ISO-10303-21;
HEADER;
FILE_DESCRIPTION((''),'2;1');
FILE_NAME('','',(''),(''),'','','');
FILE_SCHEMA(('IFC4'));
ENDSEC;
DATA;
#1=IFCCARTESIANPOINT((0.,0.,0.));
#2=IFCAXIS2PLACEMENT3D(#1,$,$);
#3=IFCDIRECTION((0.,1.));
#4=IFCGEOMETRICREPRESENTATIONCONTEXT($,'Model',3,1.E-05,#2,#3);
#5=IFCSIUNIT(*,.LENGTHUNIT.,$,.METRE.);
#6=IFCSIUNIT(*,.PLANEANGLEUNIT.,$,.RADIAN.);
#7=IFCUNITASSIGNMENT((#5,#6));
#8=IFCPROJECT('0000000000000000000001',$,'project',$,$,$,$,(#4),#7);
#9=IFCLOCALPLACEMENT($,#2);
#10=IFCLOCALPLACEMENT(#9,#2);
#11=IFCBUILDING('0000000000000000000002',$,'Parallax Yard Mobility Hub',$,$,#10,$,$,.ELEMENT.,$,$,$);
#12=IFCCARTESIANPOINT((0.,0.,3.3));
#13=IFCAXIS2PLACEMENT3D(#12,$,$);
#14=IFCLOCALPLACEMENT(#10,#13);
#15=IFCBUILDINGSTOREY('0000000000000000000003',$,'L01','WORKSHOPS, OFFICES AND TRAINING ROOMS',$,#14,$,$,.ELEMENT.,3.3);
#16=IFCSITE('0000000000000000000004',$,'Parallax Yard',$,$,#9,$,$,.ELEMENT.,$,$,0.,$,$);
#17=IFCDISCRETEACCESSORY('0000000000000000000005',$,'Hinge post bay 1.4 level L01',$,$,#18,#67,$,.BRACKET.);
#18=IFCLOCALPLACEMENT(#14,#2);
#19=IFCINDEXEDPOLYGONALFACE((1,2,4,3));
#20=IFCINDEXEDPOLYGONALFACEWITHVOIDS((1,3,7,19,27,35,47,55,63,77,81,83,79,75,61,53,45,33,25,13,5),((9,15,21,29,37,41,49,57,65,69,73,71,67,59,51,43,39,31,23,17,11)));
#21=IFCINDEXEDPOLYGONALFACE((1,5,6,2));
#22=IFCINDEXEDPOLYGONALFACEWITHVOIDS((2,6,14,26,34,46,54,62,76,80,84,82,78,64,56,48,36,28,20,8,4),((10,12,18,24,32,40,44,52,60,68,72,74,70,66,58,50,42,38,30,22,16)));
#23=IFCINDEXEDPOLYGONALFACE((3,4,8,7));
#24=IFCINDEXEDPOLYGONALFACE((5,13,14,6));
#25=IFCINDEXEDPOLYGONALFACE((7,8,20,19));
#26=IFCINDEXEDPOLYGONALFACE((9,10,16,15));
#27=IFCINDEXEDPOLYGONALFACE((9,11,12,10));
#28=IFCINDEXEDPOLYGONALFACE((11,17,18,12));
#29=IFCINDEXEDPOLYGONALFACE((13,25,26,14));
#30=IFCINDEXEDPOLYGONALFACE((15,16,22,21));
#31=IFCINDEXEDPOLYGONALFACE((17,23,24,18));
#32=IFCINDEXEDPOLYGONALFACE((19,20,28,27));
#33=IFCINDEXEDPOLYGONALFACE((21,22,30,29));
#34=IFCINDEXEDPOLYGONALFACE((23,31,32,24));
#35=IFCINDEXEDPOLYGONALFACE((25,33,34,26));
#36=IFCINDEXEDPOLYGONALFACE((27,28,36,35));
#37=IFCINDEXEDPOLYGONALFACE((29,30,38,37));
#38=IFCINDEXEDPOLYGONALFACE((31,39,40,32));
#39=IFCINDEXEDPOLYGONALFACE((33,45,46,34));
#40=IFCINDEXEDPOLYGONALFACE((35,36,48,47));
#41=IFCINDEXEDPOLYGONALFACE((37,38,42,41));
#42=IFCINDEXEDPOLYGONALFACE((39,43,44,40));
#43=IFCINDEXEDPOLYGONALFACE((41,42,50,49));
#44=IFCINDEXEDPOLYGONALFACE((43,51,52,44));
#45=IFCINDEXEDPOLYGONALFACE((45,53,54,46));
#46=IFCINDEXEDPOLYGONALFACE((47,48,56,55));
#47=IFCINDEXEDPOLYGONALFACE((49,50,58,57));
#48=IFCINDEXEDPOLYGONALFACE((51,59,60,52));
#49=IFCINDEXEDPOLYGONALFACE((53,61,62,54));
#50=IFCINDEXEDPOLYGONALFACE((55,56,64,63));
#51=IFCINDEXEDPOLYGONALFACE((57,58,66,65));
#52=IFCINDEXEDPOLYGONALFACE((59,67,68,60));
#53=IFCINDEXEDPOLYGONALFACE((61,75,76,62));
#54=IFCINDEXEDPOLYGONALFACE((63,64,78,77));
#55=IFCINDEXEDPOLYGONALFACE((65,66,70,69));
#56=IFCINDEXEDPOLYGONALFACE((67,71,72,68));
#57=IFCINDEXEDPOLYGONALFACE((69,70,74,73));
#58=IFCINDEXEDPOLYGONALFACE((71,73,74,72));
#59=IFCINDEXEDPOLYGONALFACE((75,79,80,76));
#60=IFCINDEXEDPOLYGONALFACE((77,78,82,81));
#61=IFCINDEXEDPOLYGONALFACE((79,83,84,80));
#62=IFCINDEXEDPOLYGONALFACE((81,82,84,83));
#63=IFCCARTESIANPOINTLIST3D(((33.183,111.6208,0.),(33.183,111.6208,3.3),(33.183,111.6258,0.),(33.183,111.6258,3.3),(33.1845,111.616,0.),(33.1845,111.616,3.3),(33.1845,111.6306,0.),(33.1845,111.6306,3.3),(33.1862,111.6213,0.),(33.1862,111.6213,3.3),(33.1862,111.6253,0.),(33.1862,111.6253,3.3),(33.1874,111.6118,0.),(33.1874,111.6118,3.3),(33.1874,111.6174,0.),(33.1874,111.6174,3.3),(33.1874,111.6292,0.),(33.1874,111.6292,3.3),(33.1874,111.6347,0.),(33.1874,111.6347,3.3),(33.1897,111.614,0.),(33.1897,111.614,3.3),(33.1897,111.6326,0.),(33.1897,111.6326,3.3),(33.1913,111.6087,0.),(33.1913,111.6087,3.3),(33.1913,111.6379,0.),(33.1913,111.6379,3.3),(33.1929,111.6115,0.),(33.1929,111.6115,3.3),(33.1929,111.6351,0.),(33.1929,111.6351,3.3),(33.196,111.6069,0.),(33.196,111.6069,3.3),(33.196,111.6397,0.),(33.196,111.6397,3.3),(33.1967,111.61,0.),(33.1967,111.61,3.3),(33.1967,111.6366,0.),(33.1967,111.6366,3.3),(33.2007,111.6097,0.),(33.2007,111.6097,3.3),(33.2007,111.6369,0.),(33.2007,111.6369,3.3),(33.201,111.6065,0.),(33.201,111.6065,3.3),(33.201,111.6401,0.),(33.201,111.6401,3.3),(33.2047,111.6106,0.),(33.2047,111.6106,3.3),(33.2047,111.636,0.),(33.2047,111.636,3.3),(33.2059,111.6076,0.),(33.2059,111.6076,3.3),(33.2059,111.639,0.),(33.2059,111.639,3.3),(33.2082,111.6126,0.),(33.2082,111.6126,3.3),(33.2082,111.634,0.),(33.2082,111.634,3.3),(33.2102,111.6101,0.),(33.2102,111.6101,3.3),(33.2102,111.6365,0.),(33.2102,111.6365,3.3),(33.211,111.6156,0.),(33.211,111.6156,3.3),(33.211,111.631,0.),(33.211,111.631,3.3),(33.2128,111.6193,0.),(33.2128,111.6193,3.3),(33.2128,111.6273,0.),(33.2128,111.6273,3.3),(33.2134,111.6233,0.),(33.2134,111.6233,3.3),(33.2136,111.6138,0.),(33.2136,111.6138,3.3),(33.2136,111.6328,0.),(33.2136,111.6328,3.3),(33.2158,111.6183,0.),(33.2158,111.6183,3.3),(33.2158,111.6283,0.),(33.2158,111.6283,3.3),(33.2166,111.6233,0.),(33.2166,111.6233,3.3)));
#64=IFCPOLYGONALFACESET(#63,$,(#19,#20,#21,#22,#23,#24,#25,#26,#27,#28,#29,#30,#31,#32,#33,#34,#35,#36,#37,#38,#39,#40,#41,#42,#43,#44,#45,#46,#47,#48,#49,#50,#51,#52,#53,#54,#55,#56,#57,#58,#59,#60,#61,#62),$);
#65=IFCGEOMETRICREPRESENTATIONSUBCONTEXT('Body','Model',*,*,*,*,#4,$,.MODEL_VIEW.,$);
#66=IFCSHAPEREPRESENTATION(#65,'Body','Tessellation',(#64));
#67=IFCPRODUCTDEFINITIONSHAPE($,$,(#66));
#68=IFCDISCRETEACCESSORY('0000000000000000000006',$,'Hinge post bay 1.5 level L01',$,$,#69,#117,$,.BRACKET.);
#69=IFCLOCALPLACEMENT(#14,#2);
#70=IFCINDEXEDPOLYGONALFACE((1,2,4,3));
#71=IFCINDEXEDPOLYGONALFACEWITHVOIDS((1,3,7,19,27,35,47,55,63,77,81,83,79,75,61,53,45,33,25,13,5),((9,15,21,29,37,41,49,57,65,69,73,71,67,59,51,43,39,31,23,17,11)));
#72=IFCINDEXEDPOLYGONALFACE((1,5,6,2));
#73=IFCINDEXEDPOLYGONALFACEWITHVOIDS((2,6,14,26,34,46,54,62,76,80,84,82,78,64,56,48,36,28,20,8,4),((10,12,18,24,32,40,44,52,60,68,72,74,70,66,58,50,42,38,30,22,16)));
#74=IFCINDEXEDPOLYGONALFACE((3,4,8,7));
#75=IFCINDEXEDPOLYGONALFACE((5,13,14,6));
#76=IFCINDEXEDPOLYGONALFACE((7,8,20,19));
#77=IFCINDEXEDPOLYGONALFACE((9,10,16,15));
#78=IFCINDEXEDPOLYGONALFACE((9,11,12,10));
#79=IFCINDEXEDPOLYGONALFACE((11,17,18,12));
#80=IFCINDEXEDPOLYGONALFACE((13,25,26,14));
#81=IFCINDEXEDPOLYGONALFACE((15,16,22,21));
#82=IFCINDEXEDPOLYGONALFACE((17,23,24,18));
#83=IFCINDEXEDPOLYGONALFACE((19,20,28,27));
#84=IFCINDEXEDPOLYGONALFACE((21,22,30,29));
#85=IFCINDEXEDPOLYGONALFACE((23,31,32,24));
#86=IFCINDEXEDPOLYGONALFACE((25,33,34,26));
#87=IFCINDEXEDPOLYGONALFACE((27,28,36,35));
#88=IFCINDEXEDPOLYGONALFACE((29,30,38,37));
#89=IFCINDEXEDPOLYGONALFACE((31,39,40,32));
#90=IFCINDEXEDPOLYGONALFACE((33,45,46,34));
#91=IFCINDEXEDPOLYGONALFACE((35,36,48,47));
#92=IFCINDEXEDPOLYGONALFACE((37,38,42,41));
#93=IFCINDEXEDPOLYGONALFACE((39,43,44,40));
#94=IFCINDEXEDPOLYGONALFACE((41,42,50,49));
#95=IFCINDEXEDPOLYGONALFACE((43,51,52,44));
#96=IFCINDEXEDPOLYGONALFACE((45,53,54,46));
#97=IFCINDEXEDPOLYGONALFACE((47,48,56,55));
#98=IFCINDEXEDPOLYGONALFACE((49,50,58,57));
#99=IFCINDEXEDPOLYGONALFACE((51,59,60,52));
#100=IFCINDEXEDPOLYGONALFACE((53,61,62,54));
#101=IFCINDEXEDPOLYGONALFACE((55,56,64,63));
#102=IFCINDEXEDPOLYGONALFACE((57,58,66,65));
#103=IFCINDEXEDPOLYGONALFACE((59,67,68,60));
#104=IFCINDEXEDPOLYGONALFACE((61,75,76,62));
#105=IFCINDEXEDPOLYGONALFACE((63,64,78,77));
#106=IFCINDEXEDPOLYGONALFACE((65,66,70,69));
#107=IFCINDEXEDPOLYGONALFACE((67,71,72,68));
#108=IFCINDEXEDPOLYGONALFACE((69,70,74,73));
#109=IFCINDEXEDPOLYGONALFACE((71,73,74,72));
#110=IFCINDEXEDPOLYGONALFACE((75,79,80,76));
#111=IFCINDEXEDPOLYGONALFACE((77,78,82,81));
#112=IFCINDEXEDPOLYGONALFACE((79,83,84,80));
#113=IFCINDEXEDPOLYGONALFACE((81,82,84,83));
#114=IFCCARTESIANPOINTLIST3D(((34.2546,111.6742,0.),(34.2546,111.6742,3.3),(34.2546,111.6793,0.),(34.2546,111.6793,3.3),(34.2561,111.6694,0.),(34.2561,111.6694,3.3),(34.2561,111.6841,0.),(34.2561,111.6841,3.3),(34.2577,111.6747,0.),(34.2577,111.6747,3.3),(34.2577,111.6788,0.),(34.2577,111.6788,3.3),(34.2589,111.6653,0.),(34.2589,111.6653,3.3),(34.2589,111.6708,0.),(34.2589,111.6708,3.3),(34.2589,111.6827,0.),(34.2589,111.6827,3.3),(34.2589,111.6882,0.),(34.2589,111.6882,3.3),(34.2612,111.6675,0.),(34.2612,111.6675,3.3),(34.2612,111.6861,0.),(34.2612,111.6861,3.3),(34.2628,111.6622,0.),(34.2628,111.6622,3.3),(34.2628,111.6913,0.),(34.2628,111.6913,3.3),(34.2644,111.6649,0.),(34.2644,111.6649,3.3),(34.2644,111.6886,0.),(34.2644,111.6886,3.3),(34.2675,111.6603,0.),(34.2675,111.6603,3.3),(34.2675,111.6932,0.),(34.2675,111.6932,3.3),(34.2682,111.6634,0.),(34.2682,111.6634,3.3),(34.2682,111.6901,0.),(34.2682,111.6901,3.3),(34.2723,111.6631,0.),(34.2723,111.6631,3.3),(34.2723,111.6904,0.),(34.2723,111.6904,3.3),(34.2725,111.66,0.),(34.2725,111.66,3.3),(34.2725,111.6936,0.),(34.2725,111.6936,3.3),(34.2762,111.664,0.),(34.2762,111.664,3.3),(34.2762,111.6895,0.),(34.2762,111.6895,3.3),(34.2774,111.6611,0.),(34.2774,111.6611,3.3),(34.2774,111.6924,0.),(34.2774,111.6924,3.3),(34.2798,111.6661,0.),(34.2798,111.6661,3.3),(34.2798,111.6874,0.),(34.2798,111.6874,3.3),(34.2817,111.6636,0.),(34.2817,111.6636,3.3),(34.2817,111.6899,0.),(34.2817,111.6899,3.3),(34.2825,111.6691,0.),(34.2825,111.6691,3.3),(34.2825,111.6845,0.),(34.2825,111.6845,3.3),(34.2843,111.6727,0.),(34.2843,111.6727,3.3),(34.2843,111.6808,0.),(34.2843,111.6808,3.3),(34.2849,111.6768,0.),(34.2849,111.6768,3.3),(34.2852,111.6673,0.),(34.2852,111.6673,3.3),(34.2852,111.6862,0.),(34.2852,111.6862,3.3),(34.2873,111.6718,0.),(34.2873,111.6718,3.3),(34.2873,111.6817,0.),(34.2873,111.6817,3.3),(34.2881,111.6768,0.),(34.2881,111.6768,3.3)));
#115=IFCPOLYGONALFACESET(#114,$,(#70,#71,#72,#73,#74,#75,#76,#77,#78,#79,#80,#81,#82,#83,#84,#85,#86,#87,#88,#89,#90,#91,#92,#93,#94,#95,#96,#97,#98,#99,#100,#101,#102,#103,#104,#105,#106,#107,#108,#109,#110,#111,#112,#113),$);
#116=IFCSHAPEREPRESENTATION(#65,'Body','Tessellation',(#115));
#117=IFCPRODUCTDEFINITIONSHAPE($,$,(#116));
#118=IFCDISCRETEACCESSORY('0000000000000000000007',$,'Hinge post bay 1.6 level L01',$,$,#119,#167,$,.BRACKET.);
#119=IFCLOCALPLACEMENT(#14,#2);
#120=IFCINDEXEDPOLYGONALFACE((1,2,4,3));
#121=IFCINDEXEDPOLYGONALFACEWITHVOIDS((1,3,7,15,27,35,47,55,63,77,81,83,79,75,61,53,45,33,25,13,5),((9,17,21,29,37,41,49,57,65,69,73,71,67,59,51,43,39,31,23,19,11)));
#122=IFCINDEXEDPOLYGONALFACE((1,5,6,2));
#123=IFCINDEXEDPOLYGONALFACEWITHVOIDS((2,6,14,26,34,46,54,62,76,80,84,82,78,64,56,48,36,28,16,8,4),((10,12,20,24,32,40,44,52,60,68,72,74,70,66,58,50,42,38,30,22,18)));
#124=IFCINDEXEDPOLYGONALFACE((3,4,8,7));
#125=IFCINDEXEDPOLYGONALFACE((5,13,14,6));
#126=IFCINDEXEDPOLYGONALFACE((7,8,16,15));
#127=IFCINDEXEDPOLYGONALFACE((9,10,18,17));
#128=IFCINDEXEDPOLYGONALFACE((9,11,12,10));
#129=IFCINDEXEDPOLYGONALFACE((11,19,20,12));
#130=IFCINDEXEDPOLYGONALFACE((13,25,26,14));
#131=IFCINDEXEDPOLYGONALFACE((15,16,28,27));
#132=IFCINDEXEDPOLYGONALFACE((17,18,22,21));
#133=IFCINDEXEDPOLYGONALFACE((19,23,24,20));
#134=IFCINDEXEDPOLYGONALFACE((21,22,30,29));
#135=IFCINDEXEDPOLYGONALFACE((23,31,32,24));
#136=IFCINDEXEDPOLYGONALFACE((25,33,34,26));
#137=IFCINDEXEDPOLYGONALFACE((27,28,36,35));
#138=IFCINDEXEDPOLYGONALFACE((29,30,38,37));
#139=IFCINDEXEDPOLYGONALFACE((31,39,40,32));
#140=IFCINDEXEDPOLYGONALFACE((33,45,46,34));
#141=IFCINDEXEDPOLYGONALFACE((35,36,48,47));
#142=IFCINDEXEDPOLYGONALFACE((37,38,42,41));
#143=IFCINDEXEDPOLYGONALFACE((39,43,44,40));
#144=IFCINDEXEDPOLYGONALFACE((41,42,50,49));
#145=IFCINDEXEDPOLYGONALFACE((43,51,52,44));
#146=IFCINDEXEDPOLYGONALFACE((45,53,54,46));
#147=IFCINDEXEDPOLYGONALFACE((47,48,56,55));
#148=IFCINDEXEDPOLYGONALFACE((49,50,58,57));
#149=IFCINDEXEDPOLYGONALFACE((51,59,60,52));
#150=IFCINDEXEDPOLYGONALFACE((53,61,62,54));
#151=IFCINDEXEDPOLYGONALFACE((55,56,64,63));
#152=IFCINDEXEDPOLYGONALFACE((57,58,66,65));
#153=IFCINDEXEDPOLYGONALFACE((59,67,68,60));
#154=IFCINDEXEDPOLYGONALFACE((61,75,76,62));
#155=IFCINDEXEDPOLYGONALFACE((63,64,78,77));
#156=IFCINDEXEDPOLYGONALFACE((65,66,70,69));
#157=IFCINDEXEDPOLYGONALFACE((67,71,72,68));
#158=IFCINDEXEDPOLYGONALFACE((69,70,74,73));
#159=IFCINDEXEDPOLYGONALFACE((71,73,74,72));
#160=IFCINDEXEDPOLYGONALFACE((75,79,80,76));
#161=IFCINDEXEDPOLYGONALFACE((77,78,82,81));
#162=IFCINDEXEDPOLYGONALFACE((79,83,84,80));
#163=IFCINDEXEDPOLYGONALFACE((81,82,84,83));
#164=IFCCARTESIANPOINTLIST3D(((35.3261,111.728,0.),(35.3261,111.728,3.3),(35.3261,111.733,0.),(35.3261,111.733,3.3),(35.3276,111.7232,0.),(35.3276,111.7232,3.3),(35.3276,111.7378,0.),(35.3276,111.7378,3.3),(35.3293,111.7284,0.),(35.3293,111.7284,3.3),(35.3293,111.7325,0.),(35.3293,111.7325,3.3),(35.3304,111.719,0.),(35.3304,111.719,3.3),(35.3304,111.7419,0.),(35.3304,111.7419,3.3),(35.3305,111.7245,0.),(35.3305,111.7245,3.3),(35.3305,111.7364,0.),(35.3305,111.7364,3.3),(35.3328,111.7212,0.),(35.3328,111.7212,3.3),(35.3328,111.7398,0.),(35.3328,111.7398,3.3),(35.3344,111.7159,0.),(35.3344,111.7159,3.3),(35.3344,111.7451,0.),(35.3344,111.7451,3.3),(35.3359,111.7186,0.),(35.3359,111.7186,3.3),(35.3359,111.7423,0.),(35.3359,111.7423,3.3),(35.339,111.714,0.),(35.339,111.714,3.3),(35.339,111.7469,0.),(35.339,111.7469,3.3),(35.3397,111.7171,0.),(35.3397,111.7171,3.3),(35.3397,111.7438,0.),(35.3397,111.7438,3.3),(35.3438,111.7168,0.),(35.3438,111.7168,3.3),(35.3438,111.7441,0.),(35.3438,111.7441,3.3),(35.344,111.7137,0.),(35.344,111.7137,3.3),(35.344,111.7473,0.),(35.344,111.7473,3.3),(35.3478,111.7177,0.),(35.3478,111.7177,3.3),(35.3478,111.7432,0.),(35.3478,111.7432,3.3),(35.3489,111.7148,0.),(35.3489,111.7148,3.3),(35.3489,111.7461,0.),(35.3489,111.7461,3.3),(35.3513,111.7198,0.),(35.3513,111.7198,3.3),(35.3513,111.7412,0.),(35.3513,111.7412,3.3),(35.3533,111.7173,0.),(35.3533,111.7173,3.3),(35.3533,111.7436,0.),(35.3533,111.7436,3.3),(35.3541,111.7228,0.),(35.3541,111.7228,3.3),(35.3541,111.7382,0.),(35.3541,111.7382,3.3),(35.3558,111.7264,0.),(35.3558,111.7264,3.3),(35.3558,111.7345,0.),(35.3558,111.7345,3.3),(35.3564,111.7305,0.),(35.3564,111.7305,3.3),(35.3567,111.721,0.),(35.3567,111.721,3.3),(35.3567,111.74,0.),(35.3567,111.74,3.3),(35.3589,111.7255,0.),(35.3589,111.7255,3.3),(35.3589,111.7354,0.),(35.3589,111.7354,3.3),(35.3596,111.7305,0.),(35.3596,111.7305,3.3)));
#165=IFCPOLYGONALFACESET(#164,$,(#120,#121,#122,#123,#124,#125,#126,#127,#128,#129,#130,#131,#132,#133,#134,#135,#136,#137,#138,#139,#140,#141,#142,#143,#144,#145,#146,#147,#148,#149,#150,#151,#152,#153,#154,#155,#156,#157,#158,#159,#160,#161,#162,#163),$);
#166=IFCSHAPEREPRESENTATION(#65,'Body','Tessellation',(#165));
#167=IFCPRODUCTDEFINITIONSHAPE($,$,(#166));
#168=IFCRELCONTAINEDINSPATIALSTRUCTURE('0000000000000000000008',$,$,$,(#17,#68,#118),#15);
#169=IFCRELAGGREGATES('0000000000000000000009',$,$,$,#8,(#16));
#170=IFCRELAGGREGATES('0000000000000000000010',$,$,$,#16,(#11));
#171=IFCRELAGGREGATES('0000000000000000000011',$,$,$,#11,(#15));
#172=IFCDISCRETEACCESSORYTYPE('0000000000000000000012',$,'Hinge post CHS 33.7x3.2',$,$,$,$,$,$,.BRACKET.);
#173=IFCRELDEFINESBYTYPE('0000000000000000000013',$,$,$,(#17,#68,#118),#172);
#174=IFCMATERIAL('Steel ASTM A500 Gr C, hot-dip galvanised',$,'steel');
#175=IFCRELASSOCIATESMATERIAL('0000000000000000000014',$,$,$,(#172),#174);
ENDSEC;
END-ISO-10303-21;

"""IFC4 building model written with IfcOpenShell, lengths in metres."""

from ifc_helpers import new_model, si_unit, direction, frame, origin, origin_2d, place, context, subcontext, project, spatial, hollow_circle, extrude, material, material_profile, profile_set, type_object, element, save


model = new_model("IFC4")

# Units and contexts
model_context = context("Model", 3, precision=1e-05, world=origin(), true_north=direction((0.0, 1.0)))
body_context = subcontext(model_context, "Body", "Model", "MODEL_VIEW")
ifc_project = project(units=[si_unit("LENGTHUNIT", "METRE"), si_unit("PLANEANGLEUNIT", "RADIAN")], contexts=[model_context])

# Site, building, storey
site_placement = place(None, origin())
site = spatial("IfcSite", under=ifc_project, at=site_placement, Name="Parallax Yard", CompositionType="ELEMENT", RefElevation=0.0)
building_placement = place(site_placement, origin())
building = spatial("IfcBuilding", under=site, at=building_placement, Name="Parallax Yard Mobility Hub", CompositionType="ELEMENT")
storey_placement = place(building_placement, frame((0.0, 0.0, 3.3)))
storey = spatial("IfcBuildingStorey", under=building, at=storey_placement, Name="L01", Description="WORKSHOPS, OFFICES AND TRAINING ROOMS", CompositionType="ELEMENT", Elevation=3.3)

# Discrete accessories
ifc_material_1 = material(Name="Steel ASTM A500 Gr C, hot-dip galvanised", Category="steel")
ifc_material_profile = material_profile(ifc_material_1, hollow_circle(Radius=0.0168, WallThickness=0.0032, at=origin_2d()), Name="CHS 33.7x3.2")
ifc_profile_set = profile_set([ifc_material_profile], Name="Steel ASTM A500 Gr C, hot-dip galvanised")
discrete_accessory_type = type_object("IfcDiscreteAccessoryType", Name="Hinge post CHS 33.7x3.2", PredefinedType="BRACKET", material=ifc_profile_set)
for number, where, z_axis, x_axis, name in (
    (1, (33.1997, 111.6233, 0.0), (0.0, 0.0, 1.0), (1.0, 0.0, 0.0), "Hinge post bay 1.4 level L01"),
    (2, (34.2712, 111.6768, 0.0), (0.0, 0.0, 1.0), (1.0, 0.0, 0.0), "Hinge post bay 1.5 level L01"),
    (3, (35.3428, 111.7305, 0.0), (0.0, 0.0, 1.0), (1.0, 0.0, 0.0), "Hinge post bay 1.6 level L01"),
):
    element("IfcDiscreteAccessory", number, at=place(storey_placement, frame(where, z_axis=z_axis, x_axis=x_axis)), inside=storey, type_object=discrete_accessory_type, Name=name, PredefinedType="BRACKET", context=body_context, shape_type="SweptSolid", body=[
        extrude(hollow_circle(Radius=0.0168, WallThickness=0.0032, at=origin_2d()), origin(), (0.0, 0.0, 1.0), 3.3),
    ])

save(model, "model.ifc")
